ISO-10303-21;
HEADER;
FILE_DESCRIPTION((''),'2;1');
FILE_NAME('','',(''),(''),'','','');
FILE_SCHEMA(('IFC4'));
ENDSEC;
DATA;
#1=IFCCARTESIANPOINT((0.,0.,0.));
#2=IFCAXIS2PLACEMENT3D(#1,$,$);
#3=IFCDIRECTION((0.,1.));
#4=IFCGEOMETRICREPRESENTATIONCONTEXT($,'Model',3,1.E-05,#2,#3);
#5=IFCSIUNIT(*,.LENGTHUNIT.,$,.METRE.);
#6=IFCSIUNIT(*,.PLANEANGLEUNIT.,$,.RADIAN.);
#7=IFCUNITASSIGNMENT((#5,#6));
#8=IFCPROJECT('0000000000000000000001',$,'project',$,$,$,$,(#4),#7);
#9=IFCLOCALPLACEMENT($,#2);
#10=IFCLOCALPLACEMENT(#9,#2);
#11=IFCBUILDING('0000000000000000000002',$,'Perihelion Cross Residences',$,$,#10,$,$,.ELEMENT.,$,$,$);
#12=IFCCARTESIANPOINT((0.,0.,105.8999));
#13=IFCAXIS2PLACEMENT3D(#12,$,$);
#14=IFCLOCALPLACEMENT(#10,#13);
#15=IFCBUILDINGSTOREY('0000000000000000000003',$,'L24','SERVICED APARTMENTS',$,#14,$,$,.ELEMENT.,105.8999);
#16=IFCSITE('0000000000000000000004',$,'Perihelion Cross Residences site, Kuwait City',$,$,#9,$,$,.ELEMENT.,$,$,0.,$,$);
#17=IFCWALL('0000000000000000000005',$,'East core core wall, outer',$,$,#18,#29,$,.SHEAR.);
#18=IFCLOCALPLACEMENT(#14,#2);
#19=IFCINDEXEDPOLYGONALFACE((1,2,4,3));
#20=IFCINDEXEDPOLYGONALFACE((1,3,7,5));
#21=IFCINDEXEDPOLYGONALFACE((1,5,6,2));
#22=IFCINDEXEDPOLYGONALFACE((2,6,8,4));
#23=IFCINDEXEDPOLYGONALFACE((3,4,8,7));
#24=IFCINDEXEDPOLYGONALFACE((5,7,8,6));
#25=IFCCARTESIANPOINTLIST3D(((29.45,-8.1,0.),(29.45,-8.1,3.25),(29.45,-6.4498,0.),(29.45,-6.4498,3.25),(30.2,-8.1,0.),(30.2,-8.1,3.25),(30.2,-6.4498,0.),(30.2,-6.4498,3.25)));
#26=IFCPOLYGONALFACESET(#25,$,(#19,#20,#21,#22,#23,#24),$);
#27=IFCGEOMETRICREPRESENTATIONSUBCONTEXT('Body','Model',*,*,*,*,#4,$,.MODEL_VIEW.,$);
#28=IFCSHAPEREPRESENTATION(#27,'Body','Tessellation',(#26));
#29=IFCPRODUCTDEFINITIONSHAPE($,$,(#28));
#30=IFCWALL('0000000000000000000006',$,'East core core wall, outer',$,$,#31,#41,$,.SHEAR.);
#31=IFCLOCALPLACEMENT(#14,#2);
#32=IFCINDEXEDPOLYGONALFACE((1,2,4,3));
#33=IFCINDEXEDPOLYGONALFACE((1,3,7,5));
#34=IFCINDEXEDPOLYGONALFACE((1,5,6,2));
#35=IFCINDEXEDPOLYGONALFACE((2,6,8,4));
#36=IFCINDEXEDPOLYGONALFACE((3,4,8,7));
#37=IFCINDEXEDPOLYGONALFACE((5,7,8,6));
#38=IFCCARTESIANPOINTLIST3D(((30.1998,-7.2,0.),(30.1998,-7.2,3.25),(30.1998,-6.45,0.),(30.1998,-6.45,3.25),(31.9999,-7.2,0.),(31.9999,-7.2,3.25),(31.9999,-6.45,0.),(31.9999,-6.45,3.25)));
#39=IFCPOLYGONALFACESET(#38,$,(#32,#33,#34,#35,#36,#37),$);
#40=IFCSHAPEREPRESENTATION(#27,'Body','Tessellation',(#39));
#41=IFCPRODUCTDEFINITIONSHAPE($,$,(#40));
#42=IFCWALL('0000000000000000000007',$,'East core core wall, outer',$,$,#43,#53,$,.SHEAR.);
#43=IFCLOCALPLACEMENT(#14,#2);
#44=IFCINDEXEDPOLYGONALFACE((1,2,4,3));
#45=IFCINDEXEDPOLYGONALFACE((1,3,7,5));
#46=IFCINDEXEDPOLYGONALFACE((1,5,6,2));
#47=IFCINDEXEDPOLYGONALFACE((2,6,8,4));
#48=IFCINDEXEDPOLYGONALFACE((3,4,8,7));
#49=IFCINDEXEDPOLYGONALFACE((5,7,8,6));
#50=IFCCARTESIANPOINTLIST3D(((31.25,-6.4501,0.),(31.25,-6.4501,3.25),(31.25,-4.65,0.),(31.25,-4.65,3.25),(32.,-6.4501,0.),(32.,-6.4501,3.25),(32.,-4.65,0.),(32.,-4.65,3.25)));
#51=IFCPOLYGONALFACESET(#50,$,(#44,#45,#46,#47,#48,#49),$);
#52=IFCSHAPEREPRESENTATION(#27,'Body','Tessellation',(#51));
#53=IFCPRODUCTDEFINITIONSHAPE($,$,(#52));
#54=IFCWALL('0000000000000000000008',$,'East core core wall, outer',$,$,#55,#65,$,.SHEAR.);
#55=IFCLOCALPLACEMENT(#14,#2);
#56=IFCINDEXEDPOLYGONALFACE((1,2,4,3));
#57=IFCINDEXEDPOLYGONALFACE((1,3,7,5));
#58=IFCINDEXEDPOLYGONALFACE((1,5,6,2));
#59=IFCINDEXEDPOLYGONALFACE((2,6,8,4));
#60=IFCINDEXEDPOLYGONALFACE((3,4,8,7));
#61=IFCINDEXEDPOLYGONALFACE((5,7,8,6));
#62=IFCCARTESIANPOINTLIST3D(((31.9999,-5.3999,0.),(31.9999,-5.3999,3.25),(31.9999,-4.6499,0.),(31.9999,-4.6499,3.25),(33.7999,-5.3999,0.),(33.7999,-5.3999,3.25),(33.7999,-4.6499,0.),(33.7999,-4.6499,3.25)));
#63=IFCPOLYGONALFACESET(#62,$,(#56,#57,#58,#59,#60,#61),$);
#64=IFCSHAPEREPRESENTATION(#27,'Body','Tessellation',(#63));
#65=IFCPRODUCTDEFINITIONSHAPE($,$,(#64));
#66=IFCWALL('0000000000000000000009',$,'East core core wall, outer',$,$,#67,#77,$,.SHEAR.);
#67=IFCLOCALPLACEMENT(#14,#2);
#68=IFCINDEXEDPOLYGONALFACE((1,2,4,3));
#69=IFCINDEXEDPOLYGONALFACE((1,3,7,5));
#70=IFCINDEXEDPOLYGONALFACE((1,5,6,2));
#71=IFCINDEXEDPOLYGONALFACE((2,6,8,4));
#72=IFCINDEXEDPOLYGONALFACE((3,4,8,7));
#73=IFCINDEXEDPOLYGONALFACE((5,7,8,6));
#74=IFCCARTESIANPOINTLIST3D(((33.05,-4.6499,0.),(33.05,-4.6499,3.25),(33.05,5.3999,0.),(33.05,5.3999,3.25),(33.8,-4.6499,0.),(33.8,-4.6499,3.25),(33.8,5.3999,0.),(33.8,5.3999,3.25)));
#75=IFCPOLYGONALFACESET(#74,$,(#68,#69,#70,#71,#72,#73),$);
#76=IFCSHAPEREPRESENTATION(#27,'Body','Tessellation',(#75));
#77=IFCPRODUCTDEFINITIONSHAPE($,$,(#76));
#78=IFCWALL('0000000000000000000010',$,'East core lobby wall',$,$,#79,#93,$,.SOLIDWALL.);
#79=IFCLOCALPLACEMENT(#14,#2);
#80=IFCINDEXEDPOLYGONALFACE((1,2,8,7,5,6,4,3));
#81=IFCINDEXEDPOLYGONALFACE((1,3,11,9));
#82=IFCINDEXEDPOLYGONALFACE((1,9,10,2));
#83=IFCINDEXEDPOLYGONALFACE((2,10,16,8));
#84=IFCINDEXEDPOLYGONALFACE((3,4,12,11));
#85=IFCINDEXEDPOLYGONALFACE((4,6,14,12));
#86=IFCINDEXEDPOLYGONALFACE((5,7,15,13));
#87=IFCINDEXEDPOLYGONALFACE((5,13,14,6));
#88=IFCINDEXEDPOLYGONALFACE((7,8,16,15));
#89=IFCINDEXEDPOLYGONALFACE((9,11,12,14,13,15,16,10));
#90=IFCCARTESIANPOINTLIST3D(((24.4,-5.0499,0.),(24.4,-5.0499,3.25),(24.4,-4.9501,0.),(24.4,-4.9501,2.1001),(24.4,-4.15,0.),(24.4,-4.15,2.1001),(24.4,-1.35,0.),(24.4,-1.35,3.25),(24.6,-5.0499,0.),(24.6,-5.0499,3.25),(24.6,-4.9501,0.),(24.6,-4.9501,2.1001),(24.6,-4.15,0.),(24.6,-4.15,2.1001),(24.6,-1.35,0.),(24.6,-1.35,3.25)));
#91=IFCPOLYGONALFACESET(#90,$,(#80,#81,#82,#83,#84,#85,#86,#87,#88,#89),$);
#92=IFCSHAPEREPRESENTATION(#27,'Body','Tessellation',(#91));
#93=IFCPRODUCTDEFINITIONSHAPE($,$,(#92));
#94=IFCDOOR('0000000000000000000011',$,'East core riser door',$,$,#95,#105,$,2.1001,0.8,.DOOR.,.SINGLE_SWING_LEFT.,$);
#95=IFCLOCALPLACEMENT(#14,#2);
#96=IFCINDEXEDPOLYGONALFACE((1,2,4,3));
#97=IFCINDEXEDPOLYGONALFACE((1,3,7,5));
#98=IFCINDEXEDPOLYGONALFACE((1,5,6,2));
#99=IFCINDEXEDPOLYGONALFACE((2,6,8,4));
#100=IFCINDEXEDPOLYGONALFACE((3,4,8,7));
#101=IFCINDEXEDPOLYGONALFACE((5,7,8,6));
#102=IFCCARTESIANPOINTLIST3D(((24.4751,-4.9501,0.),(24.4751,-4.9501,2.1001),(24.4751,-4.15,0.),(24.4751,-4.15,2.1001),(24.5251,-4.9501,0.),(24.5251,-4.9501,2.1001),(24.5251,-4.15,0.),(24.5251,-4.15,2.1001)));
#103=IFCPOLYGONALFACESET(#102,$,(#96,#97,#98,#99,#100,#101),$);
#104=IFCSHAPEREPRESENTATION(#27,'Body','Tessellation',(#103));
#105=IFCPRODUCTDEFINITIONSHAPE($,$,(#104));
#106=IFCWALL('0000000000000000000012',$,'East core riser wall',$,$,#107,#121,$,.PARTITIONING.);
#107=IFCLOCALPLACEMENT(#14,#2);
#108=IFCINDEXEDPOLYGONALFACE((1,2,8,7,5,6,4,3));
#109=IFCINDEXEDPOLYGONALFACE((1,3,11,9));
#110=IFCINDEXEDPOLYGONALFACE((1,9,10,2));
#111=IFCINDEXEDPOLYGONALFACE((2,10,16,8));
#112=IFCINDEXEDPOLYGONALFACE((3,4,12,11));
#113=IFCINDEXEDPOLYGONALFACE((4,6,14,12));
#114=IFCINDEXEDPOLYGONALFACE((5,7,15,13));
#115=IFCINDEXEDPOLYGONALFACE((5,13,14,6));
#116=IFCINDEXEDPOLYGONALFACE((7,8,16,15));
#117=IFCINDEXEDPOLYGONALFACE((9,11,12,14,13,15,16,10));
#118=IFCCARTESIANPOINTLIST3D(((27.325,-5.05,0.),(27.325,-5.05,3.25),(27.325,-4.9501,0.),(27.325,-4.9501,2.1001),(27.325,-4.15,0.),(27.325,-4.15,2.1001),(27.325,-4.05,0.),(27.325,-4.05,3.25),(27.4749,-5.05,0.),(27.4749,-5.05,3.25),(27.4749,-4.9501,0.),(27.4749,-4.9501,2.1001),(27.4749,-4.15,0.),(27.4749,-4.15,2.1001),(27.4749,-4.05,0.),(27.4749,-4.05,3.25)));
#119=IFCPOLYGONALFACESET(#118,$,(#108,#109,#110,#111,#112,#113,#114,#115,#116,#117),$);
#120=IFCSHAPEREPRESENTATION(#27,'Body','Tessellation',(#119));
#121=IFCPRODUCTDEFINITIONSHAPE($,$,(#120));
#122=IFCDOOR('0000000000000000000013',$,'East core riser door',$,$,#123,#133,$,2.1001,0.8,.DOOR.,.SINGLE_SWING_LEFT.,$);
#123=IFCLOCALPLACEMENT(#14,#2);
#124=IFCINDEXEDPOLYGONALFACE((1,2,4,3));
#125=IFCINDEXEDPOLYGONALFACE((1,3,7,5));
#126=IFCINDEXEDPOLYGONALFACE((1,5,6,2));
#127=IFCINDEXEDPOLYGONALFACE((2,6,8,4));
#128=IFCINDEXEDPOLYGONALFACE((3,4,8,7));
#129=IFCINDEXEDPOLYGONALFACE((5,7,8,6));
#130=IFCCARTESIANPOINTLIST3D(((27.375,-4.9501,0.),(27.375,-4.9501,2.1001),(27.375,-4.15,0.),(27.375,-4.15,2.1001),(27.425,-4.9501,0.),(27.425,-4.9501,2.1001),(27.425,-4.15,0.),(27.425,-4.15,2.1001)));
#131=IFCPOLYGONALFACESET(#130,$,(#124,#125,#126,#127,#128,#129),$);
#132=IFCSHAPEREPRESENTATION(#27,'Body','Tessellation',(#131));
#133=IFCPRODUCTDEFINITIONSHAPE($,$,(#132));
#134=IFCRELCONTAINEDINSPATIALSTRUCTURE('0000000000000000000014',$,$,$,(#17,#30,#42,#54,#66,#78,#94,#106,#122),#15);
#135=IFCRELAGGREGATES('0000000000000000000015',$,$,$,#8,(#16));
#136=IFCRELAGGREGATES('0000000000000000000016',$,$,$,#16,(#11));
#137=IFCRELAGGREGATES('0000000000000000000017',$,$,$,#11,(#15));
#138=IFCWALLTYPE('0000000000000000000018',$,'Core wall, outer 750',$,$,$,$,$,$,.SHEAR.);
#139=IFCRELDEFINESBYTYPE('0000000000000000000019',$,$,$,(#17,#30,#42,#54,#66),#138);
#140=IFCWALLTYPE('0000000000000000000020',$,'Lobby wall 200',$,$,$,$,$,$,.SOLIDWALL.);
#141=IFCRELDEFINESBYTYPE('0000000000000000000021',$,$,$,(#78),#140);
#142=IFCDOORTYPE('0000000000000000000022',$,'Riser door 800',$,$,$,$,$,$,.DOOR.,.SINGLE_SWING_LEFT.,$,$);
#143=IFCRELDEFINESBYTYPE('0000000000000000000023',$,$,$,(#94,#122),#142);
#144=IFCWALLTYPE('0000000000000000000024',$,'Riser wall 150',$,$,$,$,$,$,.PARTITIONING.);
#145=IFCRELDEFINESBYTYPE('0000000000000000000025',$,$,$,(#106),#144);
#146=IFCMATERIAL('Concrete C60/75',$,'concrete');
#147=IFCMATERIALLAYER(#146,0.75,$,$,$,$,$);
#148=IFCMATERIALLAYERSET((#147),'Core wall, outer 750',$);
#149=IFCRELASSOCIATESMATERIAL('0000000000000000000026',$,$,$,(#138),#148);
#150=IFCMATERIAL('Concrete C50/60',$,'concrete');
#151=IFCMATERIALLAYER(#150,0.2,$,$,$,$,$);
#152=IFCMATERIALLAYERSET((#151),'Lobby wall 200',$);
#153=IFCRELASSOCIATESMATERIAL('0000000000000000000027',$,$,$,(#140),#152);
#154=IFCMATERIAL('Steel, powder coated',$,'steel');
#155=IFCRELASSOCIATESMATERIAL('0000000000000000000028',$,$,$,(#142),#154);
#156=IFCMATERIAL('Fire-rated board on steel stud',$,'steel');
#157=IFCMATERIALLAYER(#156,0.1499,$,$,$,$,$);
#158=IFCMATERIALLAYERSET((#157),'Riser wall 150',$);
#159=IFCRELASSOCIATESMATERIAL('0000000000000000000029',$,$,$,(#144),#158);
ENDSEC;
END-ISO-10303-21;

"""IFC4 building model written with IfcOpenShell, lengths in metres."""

from ifc_helpers import new_model, si_unit, direction, frame, frame_2d, origin, place, context, subcontext, project, spatial, rectangle, extrude, material, layer, layer_set, type_object, element, fill, save


model = new_model("IFC4")

# Units and contexts
model_context = context("Model", 3, precision=1e-05, world=origin(), true_north=direction((0.0, 1.0)))
body_context = subcontext(model_context, "Body", "Model", "MODEL_VIEW")
ifc_project = project(units=[si_unit("LENGTHUNIT", "METRE"), si_unit("PLANEANGLEUNIT", "RADIAN")], contexts=[model_context])

# Site, building, storey
site_placement = place(None, origin())
site = spatial("IfcSite", under=ifc_project, at=site_placement, Name="Perihelion Cross Residences site, Kuwait City", CompositionType="ELEMENT", RefElevation=0.0)
building_placement = place(site_placement, origin())
building = spatial("IfcBuilding", under=site, at=building_placement, Name="Perihelion Cross Residences", CompositionType="ELEMENT")
storey_placement = place(building_placement, frame((0.0, 0.0, 105.8999)))
storey = spatial("IfcBuildingStorey", under=building, at=storey_placement, Name="L24", Description="SERVICED APARTMENTS", CompositionType="ELEMENT", Elevation=105.8999)

# Walls
ifc_material_1 = material(Name="Concrete C60/75", Category="concrete")
ifc_layer_1 = layer(ifc_material_1, 0.75)
ifc_layer_set_1 = layer_set([ifc_layer_1], Name="Core wall, outer 750")
wall_type_1 = type_object("IfcWallType", Name="Core wall, outer 750", PredefinedType="SHEAR", material=ifc_layer_set_1)
wall_1_placement = place(storey_placement, frame((29.825, -8.1001, 0.0), z_axis=(0.0, 0.0, 1.0), x_axis=(0.0, 1.0, 0.0)))
element("IfcWall", 1, at=wall_1_placement, inside=storey, type_object=wall_type_1, Name="East core core wall, outer", PredefinedType="SHEAR", context=body_context, shape_type="SweptSolid", body=[
    extrude(rectangle(XDim=1.6501, YDim=0.75, at=frame_2d((0.8252, 0.0))), origin(), (0.0, 0.0, 1.0), 3.25),
])
for number, where, z_axis, x_axis, name in (
    (2, (30.2, -6.825, 0.0), (0.0, 0.0, 1.0), (1.0, 0.0, 0.0), "East core core wall, outer"),
    (3, (31.625, -6.45, 0.0), (0.0, 0.0, 1.0), (0.0, 1.0, 0.0), "East core core wall, outer"),
    (4, (32.0, -5.0249, 0.0), (0.0, 0.0, 1.0), (1.0, 0.0, 0.0), "East core core wall, outer"),
):
    element("IfcWall", number, at=place(storey_placement, frame(where, z_axis=z_axis, x_axis=x_axis)), inside=storey, type_object=wall_type_1, Name=name, PredefinedType="SHEAR", context=body_context, shape_type="SweptSolid", body=[
        extrude(rectangle(XDim=1.8, YDim=0.75, at=frame_2d((0.8999, 0.0))), origin(), (0.0, 0.0, 1.0), 3.25),
    ])
wall_2_placement = place(storey_placement, frame((33.425, -4.6499, 0.0), z_axis=(0.0, 0.0, 1.0), x_axis=(0.0, 1.0, 0.0)))
element("IfcWall", 5, at=wall_2_placement, inside=storey, type_object=wall_type_1, Name="East core core wall, outer", PredefinedType="SHEAR", context=body_context, shape_type="SweptSolid", body=[
    extrude(rectangle(XDim=10.0498, YDim=0.75, at=frame_2d((5.0249, 0.0))), origin(), (0.0, 0.0, 1.0), 3.25),
])

# Walls, openings, doors
ifc_material_2 = material(Name="Concrete C50/60", Category="concrete")
ifc_layer_2 = layer(ifc_material_2, 0.2)
ifc_layer_set_2 = layer_set([ifc_layer_2], Name="Lobby wall 200")
wall_type_2 = type_object("IfcWallType", Name="Lobby wall 200", PredefinedType="SOLIDWALL", material=ifc_layer_set_2)
wall_3_placement = place(storey_placement, frame((24.5, -5.05, 0.0), z_axis=(0.0, 0.0, 1.0), x_axis=(0.0, 1.0, 0.0)))
wall_3 = element("IfcWall", 6, at=wall_3_placement, inside=storey, type_object=wall_type_2, Name="East core lobby wall", PredefinedType="SOLIDWALL", context=body_context, shape_type="SweptSolid", body=[
    extrude(rectangle(XDim=3.7, YDim=0.2, at=frame_2d((1.8501, 0.0))), origin(), (0.0, 0.0, 1.0), 3.25),
])
opening_1_placement = place(wall_3_placement, frame((0.1001, 0.0, 0.0)))
opening_1 = element("IfcOpeningElement", 7, at=opening_1_placement, cuts=wall_3, PredefinedType="OPENING", context=body_context, shape_type="SweptSolid", body=[
    extrude(rectangle(XDim=0.8, YDim=2.1001, at=frame_2d((0.3999, 1.05))), frame((0.0, 0.1099, 0.0), z_axis=(0.0, -1.0, 0.0), x_axis=(1.0, 0.0, 0.0)), (0.0, 0.0, 1.0), 0.22),
])
ifc_material_3 = material(Name="Steel, powder coated", Category="steel")
door_type_1 = type_object("IfcDoorType", Name="Riser door 800", OperationType="SINGLE_SWING_LEFT", PredefinedType="DOOR", material=ifc_material_3)
door_1_placement = place(opening_1_placement, origin())
door_1 = element("IfcDoor", 8, at=door_1_placement, inside=storey, type_object=door_type_1, Name="East core riser door", OperationType="SINGLE_SWING_LEFT", OverallHeight=2.1001, OverallWidth=0.8, PredefinedType="DOOR", context=body_context, shape_type="SweptSolid", body=[
    extrude(rectangle(XDim=0.8, YDim=2.1001, at=frame_2d((0.3999, 1.05))), frame((0.0, 0.0249, 0.0), z_axis=(0.0, -1.0, 0.0), x_axis=(1.0, 0.0, 0.0)), (0.0, 0.0, 1.0), 0.05),
])
fill(opening_1, door_1)
ifc_material_4 = material(Name="Fire-rated board on steel stud", Category="steel")
ifc_layer_3 = layer(ifc_material_4, 0.1499)
ifc_layer_set_3 = layer_set([ifc_layer_3], Name="Riser wall 150")
wall_type_3 = type_object("IfcWallType", Name="Riser wall 150", PredefinedType="PARTITIONING", material=ifc_layer_set_3)
wall_4_placement = place(storey_placement, frame((27.3999, -5.05, 0.0), z_axis=(0.0, 0.0, 1.0), x_axis=(0.0, 1.0, 0.0)))
wall_4 = element("IfcWall", 9, at=wall_4_placement, inside=storey, type_object=wall_type_3, Name="East core riser wall", PredefinedType="PARTITIONING", context=body_context, shape_type="SweptSolid", body=[
    extrude(rectangle(XDim=1.0, YDim=0.1499, at=frame_2d((0.5, 0.0))), origin(), (0.0, 0.0, 1.0), 3.25),
])
opening_2_placement = place(wall_4_placement, frame((0.1001, 0.0, 0.0)))
opening_2 = element("IfcOpeningElement", 10, at=opening_2_placement, cuts=wall_4, PredefinedType="OPENING", context=body_context, shape_type="SweptSolid", body=[
    extrude(rectangle(XDim=0.8, YDim=2.1001, at=frame_2d((0.3999, 1.05))), frame((0.0, 0.085, 0.0), z_axis=(0.0, -1.0, 0.0), x_axis=(1.0, 0.0, 0.0)), (0.0, 0.0, 1.0), 0.1699),
])
door_2_placement = place(opening_2_placement, origin())
door_2 = element("IfcDoor", 11, at=door_2_placement, inside=storey, type_object=door_type_1, Name="East core riser door", OperationType="SINGLE_SWING_LEFT", OverallHeight=2.1001, OverallWidth=0.8, PredefinedType="DOOR", context=body_context, shape_type="SweptSolid", body=[
    extrude(rectangle(XDim=0.8, YDim=2.1001, at=frame_2d((0.3999, 1.05))), frame((0.0, 0.0249, 0.0), z_axis=(0.0, -1.0, 0.0), x_axis=(1.0, 0.0, 0.0)), (0.0, 0.0, 1.0), 0.05),
])
fill(opening_2, door_2)

save(model, "model.ifc")
